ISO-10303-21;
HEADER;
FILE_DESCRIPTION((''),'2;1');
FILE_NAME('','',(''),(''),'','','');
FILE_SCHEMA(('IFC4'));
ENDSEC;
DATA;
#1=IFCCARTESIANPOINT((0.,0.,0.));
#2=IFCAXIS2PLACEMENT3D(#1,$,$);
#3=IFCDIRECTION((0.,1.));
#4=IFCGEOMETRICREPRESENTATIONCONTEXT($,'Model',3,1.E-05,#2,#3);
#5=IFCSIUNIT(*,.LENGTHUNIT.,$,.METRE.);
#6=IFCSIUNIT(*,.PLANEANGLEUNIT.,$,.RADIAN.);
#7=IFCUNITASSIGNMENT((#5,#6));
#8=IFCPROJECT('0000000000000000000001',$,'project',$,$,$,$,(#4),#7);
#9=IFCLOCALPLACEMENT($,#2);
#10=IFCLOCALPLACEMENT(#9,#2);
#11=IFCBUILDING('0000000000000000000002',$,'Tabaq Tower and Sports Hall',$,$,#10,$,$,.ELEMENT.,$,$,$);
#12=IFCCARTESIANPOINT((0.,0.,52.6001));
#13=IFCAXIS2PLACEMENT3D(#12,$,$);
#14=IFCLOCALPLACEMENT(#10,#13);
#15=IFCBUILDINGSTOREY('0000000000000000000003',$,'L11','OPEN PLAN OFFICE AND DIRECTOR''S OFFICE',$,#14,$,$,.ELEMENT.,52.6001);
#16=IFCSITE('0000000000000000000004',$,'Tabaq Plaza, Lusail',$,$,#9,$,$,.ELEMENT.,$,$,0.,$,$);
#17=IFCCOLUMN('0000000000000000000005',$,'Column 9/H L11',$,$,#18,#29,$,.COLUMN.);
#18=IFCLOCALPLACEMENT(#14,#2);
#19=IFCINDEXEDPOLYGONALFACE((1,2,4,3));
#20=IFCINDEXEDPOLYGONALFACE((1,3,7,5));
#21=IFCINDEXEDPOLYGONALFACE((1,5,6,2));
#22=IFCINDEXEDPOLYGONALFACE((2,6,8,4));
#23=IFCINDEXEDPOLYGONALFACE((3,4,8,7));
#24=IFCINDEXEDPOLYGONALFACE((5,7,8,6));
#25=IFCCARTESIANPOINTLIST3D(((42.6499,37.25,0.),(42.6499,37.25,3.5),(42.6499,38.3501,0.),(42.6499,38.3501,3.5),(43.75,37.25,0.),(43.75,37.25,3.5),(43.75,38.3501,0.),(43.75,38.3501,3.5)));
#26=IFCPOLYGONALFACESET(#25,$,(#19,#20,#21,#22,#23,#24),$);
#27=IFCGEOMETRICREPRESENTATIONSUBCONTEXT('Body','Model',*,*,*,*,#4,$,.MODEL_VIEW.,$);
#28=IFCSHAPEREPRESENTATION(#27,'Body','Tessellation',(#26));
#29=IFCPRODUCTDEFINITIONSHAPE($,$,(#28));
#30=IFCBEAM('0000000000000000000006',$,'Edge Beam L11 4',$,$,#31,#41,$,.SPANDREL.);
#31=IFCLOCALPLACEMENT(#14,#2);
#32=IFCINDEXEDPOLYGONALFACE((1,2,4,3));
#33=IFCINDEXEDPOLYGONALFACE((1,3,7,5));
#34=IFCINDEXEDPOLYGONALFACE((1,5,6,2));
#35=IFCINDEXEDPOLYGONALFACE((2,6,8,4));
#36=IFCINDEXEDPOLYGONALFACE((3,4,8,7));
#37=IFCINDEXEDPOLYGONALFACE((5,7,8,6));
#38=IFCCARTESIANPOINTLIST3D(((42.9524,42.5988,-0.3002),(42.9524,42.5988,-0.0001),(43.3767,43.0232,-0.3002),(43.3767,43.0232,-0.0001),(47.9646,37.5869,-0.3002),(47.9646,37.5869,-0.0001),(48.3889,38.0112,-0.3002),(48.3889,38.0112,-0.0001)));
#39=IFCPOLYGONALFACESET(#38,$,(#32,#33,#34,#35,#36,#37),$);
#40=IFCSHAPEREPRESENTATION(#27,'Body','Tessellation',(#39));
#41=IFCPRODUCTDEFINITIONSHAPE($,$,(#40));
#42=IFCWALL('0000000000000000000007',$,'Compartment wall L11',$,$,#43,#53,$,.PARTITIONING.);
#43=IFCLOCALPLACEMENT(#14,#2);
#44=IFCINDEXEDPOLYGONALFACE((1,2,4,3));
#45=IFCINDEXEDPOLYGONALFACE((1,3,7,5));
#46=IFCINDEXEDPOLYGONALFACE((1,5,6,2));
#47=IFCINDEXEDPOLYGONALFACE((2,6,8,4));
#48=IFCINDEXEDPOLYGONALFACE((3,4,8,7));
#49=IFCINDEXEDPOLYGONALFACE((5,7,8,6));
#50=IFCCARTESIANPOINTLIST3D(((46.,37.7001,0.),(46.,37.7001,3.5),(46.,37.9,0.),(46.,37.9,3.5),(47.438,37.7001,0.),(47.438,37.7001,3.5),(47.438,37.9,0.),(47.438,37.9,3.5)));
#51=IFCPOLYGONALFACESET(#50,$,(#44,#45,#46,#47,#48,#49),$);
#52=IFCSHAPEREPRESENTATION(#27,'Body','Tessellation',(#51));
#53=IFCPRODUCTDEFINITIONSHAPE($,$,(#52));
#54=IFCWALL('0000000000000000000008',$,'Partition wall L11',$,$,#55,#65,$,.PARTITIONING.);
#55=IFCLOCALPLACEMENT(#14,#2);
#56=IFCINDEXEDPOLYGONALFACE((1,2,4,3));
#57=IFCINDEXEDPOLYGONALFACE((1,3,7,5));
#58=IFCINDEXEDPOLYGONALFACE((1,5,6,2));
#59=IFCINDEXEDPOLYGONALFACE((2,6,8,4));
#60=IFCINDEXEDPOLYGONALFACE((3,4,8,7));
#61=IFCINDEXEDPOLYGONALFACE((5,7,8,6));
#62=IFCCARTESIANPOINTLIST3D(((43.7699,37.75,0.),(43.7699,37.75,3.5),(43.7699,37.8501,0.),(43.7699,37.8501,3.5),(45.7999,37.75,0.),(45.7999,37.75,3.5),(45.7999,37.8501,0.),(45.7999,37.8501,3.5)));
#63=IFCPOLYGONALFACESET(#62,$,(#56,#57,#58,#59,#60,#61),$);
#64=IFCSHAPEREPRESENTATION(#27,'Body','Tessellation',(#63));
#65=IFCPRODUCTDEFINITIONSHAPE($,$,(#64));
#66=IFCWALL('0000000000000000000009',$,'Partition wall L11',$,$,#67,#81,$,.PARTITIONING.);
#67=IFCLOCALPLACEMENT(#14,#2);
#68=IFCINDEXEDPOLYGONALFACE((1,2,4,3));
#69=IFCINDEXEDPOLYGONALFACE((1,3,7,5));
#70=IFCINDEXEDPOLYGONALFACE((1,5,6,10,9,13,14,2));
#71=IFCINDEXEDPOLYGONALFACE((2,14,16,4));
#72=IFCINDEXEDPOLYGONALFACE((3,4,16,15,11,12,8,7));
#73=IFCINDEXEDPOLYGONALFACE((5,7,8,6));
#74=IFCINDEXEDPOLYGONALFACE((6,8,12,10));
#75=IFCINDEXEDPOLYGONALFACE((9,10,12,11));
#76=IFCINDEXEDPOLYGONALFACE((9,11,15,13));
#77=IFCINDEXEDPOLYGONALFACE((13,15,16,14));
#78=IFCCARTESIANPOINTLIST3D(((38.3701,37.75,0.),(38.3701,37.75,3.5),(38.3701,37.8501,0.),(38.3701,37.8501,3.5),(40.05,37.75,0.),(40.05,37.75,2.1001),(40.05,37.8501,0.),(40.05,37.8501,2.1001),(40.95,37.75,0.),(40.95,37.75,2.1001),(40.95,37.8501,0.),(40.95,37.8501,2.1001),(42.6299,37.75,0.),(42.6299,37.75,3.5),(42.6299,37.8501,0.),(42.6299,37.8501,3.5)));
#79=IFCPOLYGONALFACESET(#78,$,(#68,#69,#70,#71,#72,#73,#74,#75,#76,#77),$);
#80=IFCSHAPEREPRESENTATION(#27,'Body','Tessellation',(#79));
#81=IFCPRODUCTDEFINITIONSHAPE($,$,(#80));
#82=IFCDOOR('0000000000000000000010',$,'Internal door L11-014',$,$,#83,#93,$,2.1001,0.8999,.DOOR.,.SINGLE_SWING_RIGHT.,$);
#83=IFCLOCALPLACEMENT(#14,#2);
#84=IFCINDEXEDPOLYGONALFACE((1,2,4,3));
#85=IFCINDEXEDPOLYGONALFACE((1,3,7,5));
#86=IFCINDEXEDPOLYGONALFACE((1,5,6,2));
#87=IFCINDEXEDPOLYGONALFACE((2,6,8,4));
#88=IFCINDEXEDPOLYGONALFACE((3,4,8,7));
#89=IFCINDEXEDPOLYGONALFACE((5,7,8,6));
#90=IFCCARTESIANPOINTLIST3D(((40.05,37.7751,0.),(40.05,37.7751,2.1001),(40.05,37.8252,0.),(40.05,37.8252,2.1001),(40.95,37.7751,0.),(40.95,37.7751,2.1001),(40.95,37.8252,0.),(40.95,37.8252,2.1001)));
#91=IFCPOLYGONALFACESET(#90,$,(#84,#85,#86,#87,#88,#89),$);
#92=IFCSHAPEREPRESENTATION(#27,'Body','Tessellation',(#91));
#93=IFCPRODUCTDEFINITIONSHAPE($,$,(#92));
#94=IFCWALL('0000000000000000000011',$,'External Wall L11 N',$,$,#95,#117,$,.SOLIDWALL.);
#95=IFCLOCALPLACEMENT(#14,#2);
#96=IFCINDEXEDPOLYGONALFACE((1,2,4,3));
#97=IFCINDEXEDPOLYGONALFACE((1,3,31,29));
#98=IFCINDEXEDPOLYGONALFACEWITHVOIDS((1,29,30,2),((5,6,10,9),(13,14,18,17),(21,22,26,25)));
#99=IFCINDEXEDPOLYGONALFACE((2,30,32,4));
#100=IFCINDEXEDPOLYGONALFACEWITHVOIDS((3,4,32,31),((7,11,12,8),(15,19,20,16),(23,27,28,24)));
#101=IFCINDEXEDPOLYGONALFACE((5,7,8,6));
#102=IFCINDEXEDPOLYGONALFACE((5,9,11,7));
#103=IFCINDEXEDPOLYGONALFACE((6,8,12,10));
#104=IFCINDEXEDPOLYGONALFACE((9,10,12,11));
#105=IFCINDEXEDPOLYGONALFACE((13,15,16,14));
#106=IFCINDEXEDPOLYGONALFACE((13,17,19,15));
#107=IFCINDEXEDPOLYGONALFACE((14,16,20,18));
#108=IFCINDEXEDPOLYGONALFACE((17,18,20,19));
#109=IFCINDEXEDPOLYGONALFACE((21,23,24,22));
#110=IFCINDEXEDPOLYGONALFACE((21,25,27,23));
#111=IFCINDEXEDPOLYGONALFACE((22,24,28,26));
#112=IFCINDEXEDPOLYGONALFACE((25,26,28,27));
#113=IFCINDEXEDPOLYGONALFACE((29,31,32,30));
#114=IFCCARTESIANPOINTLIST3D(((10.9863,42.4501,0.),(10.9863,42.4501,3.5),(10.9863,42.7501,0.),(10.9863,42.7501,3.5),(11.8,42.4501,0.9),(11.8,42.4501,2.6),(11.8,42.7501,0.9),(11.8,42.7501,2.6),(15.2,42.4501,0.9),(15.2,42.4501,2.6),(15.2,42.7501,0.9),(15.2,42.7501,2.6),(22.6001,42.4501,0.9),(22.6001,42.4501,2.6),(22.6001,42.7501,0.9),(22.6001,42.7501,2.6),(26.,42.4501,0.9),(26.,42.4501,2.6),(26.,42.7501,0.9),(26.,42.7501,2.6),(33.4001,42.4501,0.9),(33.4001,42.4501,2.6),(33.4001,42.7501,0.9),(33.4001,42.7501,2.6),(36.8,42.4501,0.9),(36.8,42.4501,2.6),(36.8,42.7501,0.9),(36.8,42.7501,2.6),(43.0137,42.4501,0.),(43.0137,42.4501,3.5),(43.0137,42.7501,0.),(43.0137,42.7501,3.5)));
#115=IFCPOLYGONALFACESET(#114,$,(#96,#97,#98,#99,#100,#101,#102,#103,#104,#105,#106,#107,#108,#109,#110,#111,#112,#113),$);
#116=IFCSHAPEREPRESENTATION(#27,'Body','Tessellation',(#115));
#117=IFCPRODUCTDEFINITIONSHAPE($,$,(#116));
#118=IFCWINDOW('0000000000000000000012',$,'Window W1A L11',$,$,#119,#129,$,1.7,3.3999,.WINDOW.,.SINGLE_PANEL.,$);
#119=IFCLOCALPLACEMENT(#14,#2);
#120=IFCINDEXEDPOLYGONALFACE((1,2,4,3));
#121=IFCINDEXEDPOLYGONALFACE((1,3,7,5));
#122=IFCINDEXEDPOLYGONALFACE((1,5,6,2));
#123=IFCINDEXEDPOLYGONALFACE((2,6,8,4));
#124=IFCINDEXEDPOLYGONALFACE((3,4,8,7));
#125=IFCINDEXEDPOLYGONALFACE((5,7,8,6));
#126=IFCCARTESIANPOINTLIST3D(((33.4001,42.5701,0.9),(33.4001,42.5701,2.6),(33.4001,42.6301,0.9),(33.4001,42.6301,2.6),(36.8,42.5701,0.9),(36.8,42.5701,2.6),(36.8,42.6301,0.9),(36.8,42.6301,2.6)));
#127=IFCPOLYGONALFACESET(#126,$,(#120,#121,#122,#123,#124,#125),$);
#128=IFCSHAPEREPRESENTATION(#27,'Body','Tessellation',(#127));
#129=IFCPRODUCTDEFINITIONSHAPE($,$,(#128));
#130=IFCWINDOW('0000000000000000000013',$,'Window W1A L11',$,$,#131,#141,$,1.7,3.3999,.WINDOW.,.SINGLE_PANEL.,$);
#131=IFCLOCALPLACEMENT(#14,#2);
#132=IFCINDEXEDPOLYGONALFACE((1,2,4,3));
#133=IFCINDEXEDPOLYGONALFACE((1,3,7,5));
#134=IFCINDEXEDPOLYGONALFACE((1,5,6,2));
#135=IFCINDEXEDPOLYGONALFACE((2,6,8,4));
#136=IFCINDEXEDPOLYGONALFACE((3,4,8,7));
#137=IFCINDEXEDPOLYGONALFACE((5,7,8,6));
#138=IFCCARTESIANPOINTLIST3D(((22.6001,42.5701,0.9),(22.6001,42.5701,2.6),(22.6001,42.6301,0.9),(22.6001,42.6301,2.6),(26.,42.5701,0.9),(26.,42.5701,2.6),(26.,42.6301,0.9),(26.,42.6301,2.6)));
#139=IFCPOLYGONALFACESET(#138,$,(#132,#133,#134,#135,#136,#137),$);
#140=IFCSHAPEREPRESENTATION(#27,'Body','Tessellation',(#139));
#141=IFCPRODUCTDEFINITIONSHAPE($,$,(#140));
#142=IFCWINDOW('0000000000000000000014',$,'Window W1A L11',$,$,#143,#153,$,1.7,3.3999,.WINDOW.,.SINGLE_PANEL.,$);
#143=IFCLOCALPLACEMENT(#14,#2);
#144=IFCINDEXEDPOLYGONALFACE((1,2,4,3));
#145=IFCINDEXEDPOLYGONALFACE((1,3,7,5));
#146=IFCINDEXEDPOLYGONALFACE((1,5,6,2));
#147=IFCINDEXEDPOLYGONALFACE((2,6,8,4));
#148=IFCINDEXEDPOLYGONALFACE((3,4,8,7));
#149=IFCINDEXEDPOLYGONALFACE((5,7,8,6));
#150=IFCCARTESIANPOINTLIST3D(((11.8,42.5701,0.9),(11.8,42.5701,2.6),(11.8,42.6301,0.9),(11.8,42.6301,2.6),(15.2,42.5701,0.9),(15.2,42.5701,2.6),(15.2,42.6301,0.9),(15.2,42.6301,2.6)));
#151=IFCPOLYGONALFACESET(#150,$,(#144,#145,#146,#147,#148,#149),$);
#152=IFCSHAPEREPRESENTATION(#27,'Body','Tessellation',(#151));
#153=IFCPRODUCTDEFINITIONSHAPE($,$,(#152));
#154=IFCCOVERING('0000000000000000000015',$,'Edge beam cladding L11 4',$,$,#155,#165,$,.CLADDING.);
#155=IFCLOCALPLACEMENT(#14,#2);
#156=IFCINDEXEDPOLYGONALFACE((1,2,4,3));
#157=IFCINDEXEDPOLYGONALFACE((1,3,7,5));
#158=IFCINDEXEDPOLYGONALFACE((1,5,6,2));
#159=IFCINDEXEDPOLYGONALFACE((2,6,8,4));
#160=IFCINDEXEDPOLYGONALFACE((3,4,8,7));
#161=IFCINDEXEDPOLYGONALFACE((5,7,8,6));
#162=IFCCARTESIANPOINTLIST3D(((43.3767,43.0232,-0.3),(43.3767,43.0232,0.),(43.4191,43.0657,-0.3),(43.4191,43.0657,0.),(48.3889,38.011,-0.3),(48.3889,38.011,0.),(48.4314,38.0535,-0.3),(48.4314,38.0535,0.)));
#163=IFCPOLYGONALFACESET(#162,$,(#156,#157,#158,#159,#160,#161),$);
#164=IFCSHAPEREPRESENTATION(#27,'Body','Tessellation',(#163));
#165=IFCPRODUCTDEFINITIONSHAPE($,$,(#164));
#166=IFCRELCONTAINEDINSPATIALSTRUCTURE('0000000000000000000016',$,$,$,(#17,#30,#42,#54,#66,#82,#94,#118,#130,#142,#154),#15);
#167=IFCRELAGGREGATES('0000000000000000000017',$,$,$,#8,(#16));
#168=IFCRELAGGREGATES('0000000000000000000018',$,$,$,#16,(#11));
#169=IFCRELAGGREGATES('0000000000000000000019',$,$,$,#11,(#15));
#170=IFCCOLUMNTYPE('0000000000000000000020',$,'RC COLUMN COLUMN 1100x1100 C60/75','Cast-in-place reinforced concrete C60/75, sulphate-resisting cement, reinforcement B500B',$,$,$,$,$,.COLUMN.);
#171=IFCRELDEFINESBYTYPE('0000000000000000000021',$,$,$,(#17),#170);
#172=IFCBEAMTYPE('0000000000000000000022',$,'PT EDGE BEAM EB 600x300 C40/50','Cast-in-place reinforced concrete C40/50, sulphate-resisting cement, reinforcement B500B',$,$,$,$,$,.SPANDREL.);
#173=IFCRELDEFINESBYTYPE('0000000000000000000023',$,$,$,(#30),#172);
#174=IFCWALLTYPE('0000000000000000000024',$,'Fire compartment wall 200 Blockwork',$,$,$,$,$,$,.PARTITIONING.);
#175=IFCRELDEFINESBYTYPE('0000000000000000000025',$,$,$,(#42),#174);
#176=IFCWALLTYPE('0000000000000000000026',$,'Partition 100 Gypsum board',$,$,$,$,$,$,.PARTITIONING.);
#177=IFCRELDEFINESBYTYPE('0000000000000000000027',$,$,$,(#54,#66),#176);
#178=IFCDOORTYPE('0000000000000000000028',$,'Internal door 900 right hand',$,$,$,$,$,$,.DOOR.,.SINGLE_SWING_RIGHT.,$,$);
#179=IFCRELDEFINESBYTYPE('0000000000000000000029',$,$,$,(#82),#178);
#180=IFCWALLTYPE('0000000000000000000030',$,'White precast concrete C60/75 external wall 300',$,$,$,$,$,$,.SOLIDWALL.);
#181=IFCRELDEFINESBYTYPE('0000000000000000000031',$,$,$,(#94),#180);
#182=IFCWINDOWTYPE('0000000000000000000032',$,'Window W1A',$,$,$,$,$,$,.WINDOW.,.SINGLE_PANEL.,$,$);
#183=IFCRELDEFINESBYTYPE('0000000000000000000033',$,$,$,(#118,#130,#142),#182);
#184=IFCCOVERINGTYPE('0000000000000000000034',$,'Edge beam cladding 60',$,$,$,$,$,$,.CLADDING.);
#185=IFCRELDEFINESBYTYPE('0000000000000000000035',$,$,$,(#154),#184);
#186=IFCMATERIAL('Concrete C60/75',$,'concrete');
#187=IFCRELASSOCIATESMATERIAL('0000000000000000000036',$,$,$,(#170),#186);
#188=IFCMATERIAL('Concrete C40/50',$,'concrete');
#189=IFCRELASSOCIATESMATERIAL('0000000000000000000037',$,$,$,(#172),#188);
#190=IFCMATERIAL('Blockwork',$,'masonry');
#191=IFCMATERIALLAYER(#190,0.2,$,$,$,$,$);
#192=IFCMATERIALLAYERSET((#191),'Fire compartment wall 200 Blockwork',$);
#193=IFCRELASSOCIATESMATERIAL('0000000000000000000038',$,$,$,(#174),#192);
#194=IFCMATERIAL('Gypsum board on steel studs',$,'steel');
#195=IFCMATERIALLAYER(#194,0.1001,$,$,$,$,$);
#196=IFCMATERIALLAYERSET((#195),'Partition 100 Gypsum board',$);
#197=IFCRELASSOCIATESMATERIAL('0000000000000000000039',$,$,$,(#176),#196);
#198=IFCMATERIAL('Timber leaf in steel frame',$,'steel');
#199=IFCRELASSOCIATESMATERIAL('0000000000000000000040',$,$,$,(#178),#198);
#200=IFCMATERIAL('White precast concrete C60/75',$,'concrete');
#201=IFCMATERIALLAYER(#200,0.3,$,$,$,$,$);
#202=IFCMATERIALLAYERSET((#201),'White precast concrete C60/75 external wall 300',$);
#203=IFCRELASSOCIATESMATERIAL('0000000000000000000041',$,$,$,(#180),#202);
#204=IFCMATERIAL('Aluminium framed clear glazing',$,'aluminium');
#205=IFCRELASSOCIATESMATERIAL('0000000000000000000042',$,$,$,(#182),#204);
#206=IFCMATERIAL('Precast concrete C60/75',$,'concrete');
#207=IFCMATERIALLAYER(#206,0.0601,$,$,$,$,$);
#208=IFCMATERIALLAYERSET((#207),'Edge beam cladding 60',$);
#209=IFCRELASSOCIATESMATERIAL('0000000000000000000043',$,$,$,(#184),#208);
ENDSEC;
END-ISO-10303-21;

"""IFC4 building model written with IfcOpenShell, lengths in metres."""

from ifc_helpers import new_model, si_unit, direction, frame, frame_2d, origin, origin_2d, place, context, subcontext, project, spatial, rectangle, extrude, material, layer, layer_set, material_profile, profile_set, type_object, element, fill, save


model = new_model("IFC4")

# Units and contexts
model_context = context("Model", 3, precision=1e-05, world=origin(), true_north=direction((0.0, 1.0)))
body_context = subcontext(model_context, "Body", "Model", "MODEL_VIEW")
ifc_project = project(units=[si_unit("LENGTHUNIT", "METRE"), si_unit("PLANEANGLEUNIT", "RADIAN")], contexts=[model_context])

# Site, building, storey
site_placement = place(None, origin())
site = spatial("IfcSite", under=ifc_project, at=site_placement, Name="Tabaq Plaza, Lusail", CompositionType="ELEMENT", RefElevation=0.0)
building_placement = place(site_placement, origin())
building = spatial("IfcBuilding", under=site, at=building_placement, Name="Tabaq Tower and Sports Hall", CompositionType="ELEMENT")
storey_placement = place(building_placement, frame((0.0, 0.0, 52.6001)))
storey = spatial("IfcBuildingStorey", under=building, at=storey_placement, Name="L11", Description="OPEN PLAN OFFICE AND DIRECTOR'S OFFICE", CompositionType="ELEMENT", Elevation=52.6001)

# Column
ifc_material_1 = material(Name="Concrete C60/75", Category="concrete")
ifc_material_profile_1 = material_profile(ifc_material_1, rectangle(XDim=1.1001, YDim=1.1001, at=origin_2d()), Name="COLUMN 1100x1100")
ifc_profile_set_1 = profile_set([ifc_material_profile_1], Name="Concrete C60/75")
column_type = type_object("IfcColumnType", Name="RC COLUMN COLUMN 1100x1100 C60/75", Description="Cast-in-place reinforced concrete C60/75, sulphate-resisting cement, reinforcement B500B", PredefinedType="COLUMN", material=ifc_profile_set_1)
column_placement = place(storey_placement, frame((43.2, 37.8, 0.0), z_axis=(0.0, 0.0, 1.0), x_axis=(1.0, 0.0, 0.0)))
element("IfcColumn", 1, at=column_placement, inside=storey, type_object=column_type, Name="Column 9/H L11", PredefinedType="COLUMN", context=body_context, shape_type="SweptSolid", body=[
    extrude(rectangle(XDim=1.1001, YDim=1.1001, at=origin_2d()), origin(), (0.0, 0.0, 1.0), 3.5),
])

# Beam
ifc_material_2 = material(Name="Concrete C40/50", Category="concrete")
ifc_material_profile_2 = material_profile(ifc_material_2, rectangle(XDim=0.6001, YDim=0.3, at=origin_2d()), Name="EB 600x300")
ifc_profile_set_2 = profile_set([ifc_material_profile_2], Name="Concrete C40/50")
beam_type = type_object("IfcBeamType", Name="PT EDGE BEAM EB 600x300 C40/50", Description="Cast-in-place reinforced concrete C40/50, sulphate-resisting cement, reinforcement B500B", PredefinedType="SPANDREL", material=ifc_profile_set_2)
beam_placement = place(storey_placement, frame((48.1768, 37.7991, -0.1501), z_axis=(-0.707124, 0.70709, 0.0), x_axis=(-0.70709, -0.707124, 0.0)))
element("IfcBeam", 2, at=beam_placement, inside=storey, type_object=beam_type, Name="Edge Beam L11 4", PredefinedType="SPANDREL", context=body_context, shape_type="SweptSolid", body=[
    extrude(rectangle(XDim=0.6001, YDim=0.3, at=origin_2d()), origin(), (0.0, 0.0, 1.0), 7.0881),
])

# Walls
ifc_material_3 = material(Name="Blockwork", Category="masonry")
ifc_layer_1 = layer(ifc_material_3, 0.2)
ifc_layer_set_1 = layer_set([ifc_layer_1], Name="Fire compartment wall 200 Blockwork")
wall_type_1 = type_object("IfcWallType", Name="Fire compartment wall 200 Blockwork", PredefinedType="PARTITIONING", material=ifc_layer_set_1)
wall_1_placement = place(storey_placement, frame((47.438, 37.8, 0.0), z_axis=(0.0, 0.0, 1.0), x_axis=(-1.0, 0.0, 0.0)))
element("IfcWall", 3, at=wall_1_placement, inside=storey, type_object=wall_type_1, Name="Compartment wall L11", PredefinedType="PARTITIONING", context=body_context, shape_type="SweptSolid", body=[
    extrude(rectangle(XDim=1.438, YDim=0.2, at=frame_2d((0.719, 0.0))), origin(), (0.0, 0.0, 1.0), 3.5),
])
ifc_material_4 = material(Name="Gypsum board on steel studs", Category="steel")
ifc_layer_2 = layer(ifc_material_4, 0.1001)
ifc_layer_set_2 = layer_set([ifc_layer_2], Name="Partition 100 Gypsum board")
wall_type_2 = type_object("IfcWallType", Name="Partition 100 Gypsum board", PredefinedType="PARTITIONING", material=ifc_layer_set_2)
wall_2_placement = place(storey_placement, frame((45.8, 37.8, 0.0), z_axis=(0.0, 0.0, 1.0), x_axis=(-1.0, 0.0, 0.0)))
element("IfcWall", 4, at=wall_2_placement, inside=storey, type_object=wall_type_2, Name="Partition wall L11", PredefinedType="PARTITIONING", context=body_context, shape_type="SweptSolid", body=[
    extrude(rectangle(XDim=2.03, YDim=0.1001, at=frame_2d((1.0151, 0.0))), origin(), (0.0, 0.0, 1.0), 3.5),
])

# Wall, opening, door
wall_3_placement = place(storey_placement, frame((42.6299, 37.8, 0.0), z_axis=(0.0, 0.0, 1.0), x_axis=(-1.0, 0.0, 0.0)))
wall_3 = element("IfcWall", 5, at=wall_3_placement, inside=storey, type_object=wall_type_2, Name="Partition wall L11", PredefinedType="PARTITIONING", context=body_context, shape_type="SweptSolid", body=[
    extrude(rectangle(XDim=4.2598, YDim=0.1001, at=frame_2d((2.1299, 0.0))), origin(), (0.0, 0.0, 1.0), 3.5),
])
opening_1_placement = place(wall_3_placement, frame((1.6799, 0.0, 0.0)))
opening_1 = element("IfcOpeningElement", 6, at=opening_1_placement, cuts=wall_3, PredefinedType="OPENING", context=body_context, shape_type="SweptSolid", body=[
    extrude(rectangle(XDim=0.8999, YDim=2.1001, at=frame_2d((0.45, 1.05))), frame((0.0, 0.05, 0.0), z_axis=(0.0, -1.0, 0.0), x_axis=(1.0, 0.0, 0.0)), (0.0, 0.0, 1.0), 0.1001),
])
ifc_material_5 = material(Name="Timber leaf in steel frame", Category="steel")
door_type = type_object("IfcDoorType", Name="Internal door 900 right hand", OperationType="SINGLE_SWING_RIGHT", PredefinedType="DOOR", material=ifc_material_5)
door_placement = place(opening_1_placement, origin())
door = element("IfcDoor", 7, at=door_placement, inside=storey, type_object=door_type, Name="Internal door L11-014", OperationType="SINGLE_SWING_RIGHT", OverallHeight=2.1001, OverallWidth=0.8999, PredefinedType="DOOR", context=body_context, shape_type="SweptSolid", body=[
    extrude(rectangle(XDim=0.8999, YDim=2.1001, at=frame_2d((0.45, 1.05))), frame((0.0, 0.0249, 0.0), z_axis=(0.0, -1.0, 0.0), x_axis=(1.0, 0.0, 0.0)), (0.0, 0.0, 1.0), 0.05),
])
fill(opening_1, door)

# Wall, openings, windows
ifc_material_6 = material(Name="White precast concrete C60/75", Category="concrete")
ifc_layer_3 = layer(ifc_material_6, 0.3)
ifc_layer_set_3 = layer_set([ifc_layer_3], Name="White precast concrete C60/75 external wall 300")
wall_type_3 = type_object("IfcWallType", Name="White precast concrete C60/75 external wall 300", PredefinedType="SOLIDWALL", material=ifc_layer_set_3)
wall_4_placement = place(storey_placement, frame((43.0137, 42.6001, 0.0), z_axis=(0.0, 0.0, 1.0), x_axis=(-1.0, 0.0, 0.0)))
wall_4 = element("IfcWall", 8, at=wall_4_placement, inside=storey, type_object=wall_type_3, Name="External Wall L11 N", PredefinedType="SOLIDWALL", context=body_context, shape_type="SweptSolid", body=[
    extrude(rectangle(XDim=32.0273, YDim=0.3, at=frame_2d((16.0137, 0.0))), origin(), (0.0, 0.0, 1.0), 3.5),
])
opening_2_placement = place(wall_4_placement, frame((6.2136, 0.0, 0.8999)))
opening_2 = element("IfcOpeningElement", 9, at=opening_2_placement, cuts=wall_4, PredefinedType="OPENING", context=body_context, shape_type="SweptSolid", body=[
    extrude(rectangle(XDim=3.3999, YDim=1.7, at=frame_2d((1.7, 0.8501))), frame((0.0, 0.1602, 0.0), z_axis=(0.0, -1.0, 0.0), x_axis=(1.0, 0.0, 0.0)), (0.0, 0.0, 1.0), 0.3201),
])
opening_3_placement = place(wall_4_placement, frame((17.0137, 0.0, 0.8999)))
opening_3 = element("IfcOpeningElement", 10, at=opening_3_placement, cuts=wall_4, PredefinedType="OPENING", context=body_context, shape_type="SweptSolid", body=[
    extrude(rectangle(XDim=3.3999, YDim=1.7, at=frame_2d((1.7, 0.8501))), frame((0.0, 0.1602, 0.0), z_axis=(0.0, -1.0, 0.0), x_axis=(1.0, 0.0, 0.0)), (0.0, 0.0, 1.0), 0.3201),
])
opening_4_placement = place(wall_4_placement, frame((27.8137, 0.0, 0.8999)))
opening_4 = element("IfcOpeningElement", 11, at=opening_4_placement, cuts=wall_4, PredefinedType="OPENING", context=body_context, shape_type="SweptSolid", body=[
    extrude(rectangle(XDim=3.3999, YDim=1.7, at=frame_2d((1.7, 0.8501))), frame((0.0, 0.1602, 0.0), z_axis=(0.0, -1.0, 0.0), x_axis=(1.0, 0.0, 0.0)), (0.0, 0.0, 1.0), 0.3201),
])
ifc_material_7 = material(Name="Aluminium framed clear glazing", Category="aluminium")
window_type = type_object("IfcWindowType", Name="Window W1A", PartitioningType="SINGLE_PANEL", PredefinedType="WINDOW", material=ifc_material_7)
window_1_placement = place(opening_2_placement, origin())
window_1 = element("IfcWindow", 12, at=window_1_placement, inside=storey, type_object=window_type, Name="Window W1A L11", OverallHeight=1.7, OverallWidth=3.3999, PartitioningType="SINGLE_PANEL", PredefinedType="WINDOW", context=body_context, shape_type="SweptSolid", body=[
    extrude(rectangle(XDim=3.3999, YDim=1.7, at=frame_2d((1.7, 0.8501))), frame((0.0, 0.03, 0.0), z_axis=(0.0, -1.0, 0.0), x_axis=(1.0, 0.0, 0.0)), (0.0, 0.0, 1.0), 0.0601),
])
fill(opening_2, window_1)
window_2_placement = place(opening_3_placement, origin())
window_2 = element("IfcWindow", 13, at=window_2_placement, inside=storey, type_object=window_type, Name="Window W1A L11", OverallHeight=1.7, OverallWidth=3.3999, PartitioningType="SINGLE_PANEL", PredefinedType="WINDOW", context=body_context, shape_type="SweptSolid", body=[
    extrude(rectangle(XDim=3.3999, YDim=1.7, at=frame_2d((1.7, 0.8501))), frame((0.0, 0.03, 0.0), z_axis=(0.0, -1.0, 0.0), x_axis=(1.0, 0.0, 0.0)), (0.0, 0.0, 1.0), 0.0601),
])
fill(opening_3, window_2)
window_3_placement = place(opening_4_placement, origin())
window_3 = element("IfcWindow", 14, at=window_3_placement, inside=storey, type_object=window_type, Name="Window W1A L11", OverallHeight=1.7, OverallWidth=3.3999, PartitioningType="SINGLE_PANEL", PredefinedType="WINDOW", context=body_context, shape_type="SweptSolid", body=[
    extrude(rectangle(XDim=3.3999, YDim=1.7, at=frame_2d((1.7, 0.8501))), frame((0.0, 0.03, 0.0), z_axis=(0.0, -1.0, 0.0), x_axis=(1.0, 0.0, 0.0)), (0.0, 0.0, 1.0), 0.0601),
])
fill(opening_4, window_3)

# Covering
ifc_material_8 = material(Name="Precast concrete C60/75", Category="concrete")
ifc_layer_4 = layer(ifc_material_8, 0.0601)
ifc_layer_set_4 = layer_set([ifc_layer_4], Name="Edge beam cladding 60")
covering_type_1 = type_object("IfcCoveringType", Name="Edge beam cladding 60", PredefinedType="CLADDING", material=ifc_layer_set_4)
covering_1_placement = place(storey_placement, frame((48.4102, 38.0322, -0.3), z_axis=(0.0, 0.0, 1.0), x_axis=(-0.707107, 0.707107, 0.0)))
element("IfcCovering", 15, at=covering_1_placement, inside=storey, type_object=covering_type_1, Name="Edge beam cladding L11 4", PredefinedType="CLADDING", context=body_context, shape_type="SweptSolid", body=[
    extrude(rectangle(XDim=7.0884, YDim=0.0601, at=frame_2d((3.5442, 0.0))), origin(), (0.0, 0.0, 1.0), 0.3),
])

save(model, "model.ifc")
